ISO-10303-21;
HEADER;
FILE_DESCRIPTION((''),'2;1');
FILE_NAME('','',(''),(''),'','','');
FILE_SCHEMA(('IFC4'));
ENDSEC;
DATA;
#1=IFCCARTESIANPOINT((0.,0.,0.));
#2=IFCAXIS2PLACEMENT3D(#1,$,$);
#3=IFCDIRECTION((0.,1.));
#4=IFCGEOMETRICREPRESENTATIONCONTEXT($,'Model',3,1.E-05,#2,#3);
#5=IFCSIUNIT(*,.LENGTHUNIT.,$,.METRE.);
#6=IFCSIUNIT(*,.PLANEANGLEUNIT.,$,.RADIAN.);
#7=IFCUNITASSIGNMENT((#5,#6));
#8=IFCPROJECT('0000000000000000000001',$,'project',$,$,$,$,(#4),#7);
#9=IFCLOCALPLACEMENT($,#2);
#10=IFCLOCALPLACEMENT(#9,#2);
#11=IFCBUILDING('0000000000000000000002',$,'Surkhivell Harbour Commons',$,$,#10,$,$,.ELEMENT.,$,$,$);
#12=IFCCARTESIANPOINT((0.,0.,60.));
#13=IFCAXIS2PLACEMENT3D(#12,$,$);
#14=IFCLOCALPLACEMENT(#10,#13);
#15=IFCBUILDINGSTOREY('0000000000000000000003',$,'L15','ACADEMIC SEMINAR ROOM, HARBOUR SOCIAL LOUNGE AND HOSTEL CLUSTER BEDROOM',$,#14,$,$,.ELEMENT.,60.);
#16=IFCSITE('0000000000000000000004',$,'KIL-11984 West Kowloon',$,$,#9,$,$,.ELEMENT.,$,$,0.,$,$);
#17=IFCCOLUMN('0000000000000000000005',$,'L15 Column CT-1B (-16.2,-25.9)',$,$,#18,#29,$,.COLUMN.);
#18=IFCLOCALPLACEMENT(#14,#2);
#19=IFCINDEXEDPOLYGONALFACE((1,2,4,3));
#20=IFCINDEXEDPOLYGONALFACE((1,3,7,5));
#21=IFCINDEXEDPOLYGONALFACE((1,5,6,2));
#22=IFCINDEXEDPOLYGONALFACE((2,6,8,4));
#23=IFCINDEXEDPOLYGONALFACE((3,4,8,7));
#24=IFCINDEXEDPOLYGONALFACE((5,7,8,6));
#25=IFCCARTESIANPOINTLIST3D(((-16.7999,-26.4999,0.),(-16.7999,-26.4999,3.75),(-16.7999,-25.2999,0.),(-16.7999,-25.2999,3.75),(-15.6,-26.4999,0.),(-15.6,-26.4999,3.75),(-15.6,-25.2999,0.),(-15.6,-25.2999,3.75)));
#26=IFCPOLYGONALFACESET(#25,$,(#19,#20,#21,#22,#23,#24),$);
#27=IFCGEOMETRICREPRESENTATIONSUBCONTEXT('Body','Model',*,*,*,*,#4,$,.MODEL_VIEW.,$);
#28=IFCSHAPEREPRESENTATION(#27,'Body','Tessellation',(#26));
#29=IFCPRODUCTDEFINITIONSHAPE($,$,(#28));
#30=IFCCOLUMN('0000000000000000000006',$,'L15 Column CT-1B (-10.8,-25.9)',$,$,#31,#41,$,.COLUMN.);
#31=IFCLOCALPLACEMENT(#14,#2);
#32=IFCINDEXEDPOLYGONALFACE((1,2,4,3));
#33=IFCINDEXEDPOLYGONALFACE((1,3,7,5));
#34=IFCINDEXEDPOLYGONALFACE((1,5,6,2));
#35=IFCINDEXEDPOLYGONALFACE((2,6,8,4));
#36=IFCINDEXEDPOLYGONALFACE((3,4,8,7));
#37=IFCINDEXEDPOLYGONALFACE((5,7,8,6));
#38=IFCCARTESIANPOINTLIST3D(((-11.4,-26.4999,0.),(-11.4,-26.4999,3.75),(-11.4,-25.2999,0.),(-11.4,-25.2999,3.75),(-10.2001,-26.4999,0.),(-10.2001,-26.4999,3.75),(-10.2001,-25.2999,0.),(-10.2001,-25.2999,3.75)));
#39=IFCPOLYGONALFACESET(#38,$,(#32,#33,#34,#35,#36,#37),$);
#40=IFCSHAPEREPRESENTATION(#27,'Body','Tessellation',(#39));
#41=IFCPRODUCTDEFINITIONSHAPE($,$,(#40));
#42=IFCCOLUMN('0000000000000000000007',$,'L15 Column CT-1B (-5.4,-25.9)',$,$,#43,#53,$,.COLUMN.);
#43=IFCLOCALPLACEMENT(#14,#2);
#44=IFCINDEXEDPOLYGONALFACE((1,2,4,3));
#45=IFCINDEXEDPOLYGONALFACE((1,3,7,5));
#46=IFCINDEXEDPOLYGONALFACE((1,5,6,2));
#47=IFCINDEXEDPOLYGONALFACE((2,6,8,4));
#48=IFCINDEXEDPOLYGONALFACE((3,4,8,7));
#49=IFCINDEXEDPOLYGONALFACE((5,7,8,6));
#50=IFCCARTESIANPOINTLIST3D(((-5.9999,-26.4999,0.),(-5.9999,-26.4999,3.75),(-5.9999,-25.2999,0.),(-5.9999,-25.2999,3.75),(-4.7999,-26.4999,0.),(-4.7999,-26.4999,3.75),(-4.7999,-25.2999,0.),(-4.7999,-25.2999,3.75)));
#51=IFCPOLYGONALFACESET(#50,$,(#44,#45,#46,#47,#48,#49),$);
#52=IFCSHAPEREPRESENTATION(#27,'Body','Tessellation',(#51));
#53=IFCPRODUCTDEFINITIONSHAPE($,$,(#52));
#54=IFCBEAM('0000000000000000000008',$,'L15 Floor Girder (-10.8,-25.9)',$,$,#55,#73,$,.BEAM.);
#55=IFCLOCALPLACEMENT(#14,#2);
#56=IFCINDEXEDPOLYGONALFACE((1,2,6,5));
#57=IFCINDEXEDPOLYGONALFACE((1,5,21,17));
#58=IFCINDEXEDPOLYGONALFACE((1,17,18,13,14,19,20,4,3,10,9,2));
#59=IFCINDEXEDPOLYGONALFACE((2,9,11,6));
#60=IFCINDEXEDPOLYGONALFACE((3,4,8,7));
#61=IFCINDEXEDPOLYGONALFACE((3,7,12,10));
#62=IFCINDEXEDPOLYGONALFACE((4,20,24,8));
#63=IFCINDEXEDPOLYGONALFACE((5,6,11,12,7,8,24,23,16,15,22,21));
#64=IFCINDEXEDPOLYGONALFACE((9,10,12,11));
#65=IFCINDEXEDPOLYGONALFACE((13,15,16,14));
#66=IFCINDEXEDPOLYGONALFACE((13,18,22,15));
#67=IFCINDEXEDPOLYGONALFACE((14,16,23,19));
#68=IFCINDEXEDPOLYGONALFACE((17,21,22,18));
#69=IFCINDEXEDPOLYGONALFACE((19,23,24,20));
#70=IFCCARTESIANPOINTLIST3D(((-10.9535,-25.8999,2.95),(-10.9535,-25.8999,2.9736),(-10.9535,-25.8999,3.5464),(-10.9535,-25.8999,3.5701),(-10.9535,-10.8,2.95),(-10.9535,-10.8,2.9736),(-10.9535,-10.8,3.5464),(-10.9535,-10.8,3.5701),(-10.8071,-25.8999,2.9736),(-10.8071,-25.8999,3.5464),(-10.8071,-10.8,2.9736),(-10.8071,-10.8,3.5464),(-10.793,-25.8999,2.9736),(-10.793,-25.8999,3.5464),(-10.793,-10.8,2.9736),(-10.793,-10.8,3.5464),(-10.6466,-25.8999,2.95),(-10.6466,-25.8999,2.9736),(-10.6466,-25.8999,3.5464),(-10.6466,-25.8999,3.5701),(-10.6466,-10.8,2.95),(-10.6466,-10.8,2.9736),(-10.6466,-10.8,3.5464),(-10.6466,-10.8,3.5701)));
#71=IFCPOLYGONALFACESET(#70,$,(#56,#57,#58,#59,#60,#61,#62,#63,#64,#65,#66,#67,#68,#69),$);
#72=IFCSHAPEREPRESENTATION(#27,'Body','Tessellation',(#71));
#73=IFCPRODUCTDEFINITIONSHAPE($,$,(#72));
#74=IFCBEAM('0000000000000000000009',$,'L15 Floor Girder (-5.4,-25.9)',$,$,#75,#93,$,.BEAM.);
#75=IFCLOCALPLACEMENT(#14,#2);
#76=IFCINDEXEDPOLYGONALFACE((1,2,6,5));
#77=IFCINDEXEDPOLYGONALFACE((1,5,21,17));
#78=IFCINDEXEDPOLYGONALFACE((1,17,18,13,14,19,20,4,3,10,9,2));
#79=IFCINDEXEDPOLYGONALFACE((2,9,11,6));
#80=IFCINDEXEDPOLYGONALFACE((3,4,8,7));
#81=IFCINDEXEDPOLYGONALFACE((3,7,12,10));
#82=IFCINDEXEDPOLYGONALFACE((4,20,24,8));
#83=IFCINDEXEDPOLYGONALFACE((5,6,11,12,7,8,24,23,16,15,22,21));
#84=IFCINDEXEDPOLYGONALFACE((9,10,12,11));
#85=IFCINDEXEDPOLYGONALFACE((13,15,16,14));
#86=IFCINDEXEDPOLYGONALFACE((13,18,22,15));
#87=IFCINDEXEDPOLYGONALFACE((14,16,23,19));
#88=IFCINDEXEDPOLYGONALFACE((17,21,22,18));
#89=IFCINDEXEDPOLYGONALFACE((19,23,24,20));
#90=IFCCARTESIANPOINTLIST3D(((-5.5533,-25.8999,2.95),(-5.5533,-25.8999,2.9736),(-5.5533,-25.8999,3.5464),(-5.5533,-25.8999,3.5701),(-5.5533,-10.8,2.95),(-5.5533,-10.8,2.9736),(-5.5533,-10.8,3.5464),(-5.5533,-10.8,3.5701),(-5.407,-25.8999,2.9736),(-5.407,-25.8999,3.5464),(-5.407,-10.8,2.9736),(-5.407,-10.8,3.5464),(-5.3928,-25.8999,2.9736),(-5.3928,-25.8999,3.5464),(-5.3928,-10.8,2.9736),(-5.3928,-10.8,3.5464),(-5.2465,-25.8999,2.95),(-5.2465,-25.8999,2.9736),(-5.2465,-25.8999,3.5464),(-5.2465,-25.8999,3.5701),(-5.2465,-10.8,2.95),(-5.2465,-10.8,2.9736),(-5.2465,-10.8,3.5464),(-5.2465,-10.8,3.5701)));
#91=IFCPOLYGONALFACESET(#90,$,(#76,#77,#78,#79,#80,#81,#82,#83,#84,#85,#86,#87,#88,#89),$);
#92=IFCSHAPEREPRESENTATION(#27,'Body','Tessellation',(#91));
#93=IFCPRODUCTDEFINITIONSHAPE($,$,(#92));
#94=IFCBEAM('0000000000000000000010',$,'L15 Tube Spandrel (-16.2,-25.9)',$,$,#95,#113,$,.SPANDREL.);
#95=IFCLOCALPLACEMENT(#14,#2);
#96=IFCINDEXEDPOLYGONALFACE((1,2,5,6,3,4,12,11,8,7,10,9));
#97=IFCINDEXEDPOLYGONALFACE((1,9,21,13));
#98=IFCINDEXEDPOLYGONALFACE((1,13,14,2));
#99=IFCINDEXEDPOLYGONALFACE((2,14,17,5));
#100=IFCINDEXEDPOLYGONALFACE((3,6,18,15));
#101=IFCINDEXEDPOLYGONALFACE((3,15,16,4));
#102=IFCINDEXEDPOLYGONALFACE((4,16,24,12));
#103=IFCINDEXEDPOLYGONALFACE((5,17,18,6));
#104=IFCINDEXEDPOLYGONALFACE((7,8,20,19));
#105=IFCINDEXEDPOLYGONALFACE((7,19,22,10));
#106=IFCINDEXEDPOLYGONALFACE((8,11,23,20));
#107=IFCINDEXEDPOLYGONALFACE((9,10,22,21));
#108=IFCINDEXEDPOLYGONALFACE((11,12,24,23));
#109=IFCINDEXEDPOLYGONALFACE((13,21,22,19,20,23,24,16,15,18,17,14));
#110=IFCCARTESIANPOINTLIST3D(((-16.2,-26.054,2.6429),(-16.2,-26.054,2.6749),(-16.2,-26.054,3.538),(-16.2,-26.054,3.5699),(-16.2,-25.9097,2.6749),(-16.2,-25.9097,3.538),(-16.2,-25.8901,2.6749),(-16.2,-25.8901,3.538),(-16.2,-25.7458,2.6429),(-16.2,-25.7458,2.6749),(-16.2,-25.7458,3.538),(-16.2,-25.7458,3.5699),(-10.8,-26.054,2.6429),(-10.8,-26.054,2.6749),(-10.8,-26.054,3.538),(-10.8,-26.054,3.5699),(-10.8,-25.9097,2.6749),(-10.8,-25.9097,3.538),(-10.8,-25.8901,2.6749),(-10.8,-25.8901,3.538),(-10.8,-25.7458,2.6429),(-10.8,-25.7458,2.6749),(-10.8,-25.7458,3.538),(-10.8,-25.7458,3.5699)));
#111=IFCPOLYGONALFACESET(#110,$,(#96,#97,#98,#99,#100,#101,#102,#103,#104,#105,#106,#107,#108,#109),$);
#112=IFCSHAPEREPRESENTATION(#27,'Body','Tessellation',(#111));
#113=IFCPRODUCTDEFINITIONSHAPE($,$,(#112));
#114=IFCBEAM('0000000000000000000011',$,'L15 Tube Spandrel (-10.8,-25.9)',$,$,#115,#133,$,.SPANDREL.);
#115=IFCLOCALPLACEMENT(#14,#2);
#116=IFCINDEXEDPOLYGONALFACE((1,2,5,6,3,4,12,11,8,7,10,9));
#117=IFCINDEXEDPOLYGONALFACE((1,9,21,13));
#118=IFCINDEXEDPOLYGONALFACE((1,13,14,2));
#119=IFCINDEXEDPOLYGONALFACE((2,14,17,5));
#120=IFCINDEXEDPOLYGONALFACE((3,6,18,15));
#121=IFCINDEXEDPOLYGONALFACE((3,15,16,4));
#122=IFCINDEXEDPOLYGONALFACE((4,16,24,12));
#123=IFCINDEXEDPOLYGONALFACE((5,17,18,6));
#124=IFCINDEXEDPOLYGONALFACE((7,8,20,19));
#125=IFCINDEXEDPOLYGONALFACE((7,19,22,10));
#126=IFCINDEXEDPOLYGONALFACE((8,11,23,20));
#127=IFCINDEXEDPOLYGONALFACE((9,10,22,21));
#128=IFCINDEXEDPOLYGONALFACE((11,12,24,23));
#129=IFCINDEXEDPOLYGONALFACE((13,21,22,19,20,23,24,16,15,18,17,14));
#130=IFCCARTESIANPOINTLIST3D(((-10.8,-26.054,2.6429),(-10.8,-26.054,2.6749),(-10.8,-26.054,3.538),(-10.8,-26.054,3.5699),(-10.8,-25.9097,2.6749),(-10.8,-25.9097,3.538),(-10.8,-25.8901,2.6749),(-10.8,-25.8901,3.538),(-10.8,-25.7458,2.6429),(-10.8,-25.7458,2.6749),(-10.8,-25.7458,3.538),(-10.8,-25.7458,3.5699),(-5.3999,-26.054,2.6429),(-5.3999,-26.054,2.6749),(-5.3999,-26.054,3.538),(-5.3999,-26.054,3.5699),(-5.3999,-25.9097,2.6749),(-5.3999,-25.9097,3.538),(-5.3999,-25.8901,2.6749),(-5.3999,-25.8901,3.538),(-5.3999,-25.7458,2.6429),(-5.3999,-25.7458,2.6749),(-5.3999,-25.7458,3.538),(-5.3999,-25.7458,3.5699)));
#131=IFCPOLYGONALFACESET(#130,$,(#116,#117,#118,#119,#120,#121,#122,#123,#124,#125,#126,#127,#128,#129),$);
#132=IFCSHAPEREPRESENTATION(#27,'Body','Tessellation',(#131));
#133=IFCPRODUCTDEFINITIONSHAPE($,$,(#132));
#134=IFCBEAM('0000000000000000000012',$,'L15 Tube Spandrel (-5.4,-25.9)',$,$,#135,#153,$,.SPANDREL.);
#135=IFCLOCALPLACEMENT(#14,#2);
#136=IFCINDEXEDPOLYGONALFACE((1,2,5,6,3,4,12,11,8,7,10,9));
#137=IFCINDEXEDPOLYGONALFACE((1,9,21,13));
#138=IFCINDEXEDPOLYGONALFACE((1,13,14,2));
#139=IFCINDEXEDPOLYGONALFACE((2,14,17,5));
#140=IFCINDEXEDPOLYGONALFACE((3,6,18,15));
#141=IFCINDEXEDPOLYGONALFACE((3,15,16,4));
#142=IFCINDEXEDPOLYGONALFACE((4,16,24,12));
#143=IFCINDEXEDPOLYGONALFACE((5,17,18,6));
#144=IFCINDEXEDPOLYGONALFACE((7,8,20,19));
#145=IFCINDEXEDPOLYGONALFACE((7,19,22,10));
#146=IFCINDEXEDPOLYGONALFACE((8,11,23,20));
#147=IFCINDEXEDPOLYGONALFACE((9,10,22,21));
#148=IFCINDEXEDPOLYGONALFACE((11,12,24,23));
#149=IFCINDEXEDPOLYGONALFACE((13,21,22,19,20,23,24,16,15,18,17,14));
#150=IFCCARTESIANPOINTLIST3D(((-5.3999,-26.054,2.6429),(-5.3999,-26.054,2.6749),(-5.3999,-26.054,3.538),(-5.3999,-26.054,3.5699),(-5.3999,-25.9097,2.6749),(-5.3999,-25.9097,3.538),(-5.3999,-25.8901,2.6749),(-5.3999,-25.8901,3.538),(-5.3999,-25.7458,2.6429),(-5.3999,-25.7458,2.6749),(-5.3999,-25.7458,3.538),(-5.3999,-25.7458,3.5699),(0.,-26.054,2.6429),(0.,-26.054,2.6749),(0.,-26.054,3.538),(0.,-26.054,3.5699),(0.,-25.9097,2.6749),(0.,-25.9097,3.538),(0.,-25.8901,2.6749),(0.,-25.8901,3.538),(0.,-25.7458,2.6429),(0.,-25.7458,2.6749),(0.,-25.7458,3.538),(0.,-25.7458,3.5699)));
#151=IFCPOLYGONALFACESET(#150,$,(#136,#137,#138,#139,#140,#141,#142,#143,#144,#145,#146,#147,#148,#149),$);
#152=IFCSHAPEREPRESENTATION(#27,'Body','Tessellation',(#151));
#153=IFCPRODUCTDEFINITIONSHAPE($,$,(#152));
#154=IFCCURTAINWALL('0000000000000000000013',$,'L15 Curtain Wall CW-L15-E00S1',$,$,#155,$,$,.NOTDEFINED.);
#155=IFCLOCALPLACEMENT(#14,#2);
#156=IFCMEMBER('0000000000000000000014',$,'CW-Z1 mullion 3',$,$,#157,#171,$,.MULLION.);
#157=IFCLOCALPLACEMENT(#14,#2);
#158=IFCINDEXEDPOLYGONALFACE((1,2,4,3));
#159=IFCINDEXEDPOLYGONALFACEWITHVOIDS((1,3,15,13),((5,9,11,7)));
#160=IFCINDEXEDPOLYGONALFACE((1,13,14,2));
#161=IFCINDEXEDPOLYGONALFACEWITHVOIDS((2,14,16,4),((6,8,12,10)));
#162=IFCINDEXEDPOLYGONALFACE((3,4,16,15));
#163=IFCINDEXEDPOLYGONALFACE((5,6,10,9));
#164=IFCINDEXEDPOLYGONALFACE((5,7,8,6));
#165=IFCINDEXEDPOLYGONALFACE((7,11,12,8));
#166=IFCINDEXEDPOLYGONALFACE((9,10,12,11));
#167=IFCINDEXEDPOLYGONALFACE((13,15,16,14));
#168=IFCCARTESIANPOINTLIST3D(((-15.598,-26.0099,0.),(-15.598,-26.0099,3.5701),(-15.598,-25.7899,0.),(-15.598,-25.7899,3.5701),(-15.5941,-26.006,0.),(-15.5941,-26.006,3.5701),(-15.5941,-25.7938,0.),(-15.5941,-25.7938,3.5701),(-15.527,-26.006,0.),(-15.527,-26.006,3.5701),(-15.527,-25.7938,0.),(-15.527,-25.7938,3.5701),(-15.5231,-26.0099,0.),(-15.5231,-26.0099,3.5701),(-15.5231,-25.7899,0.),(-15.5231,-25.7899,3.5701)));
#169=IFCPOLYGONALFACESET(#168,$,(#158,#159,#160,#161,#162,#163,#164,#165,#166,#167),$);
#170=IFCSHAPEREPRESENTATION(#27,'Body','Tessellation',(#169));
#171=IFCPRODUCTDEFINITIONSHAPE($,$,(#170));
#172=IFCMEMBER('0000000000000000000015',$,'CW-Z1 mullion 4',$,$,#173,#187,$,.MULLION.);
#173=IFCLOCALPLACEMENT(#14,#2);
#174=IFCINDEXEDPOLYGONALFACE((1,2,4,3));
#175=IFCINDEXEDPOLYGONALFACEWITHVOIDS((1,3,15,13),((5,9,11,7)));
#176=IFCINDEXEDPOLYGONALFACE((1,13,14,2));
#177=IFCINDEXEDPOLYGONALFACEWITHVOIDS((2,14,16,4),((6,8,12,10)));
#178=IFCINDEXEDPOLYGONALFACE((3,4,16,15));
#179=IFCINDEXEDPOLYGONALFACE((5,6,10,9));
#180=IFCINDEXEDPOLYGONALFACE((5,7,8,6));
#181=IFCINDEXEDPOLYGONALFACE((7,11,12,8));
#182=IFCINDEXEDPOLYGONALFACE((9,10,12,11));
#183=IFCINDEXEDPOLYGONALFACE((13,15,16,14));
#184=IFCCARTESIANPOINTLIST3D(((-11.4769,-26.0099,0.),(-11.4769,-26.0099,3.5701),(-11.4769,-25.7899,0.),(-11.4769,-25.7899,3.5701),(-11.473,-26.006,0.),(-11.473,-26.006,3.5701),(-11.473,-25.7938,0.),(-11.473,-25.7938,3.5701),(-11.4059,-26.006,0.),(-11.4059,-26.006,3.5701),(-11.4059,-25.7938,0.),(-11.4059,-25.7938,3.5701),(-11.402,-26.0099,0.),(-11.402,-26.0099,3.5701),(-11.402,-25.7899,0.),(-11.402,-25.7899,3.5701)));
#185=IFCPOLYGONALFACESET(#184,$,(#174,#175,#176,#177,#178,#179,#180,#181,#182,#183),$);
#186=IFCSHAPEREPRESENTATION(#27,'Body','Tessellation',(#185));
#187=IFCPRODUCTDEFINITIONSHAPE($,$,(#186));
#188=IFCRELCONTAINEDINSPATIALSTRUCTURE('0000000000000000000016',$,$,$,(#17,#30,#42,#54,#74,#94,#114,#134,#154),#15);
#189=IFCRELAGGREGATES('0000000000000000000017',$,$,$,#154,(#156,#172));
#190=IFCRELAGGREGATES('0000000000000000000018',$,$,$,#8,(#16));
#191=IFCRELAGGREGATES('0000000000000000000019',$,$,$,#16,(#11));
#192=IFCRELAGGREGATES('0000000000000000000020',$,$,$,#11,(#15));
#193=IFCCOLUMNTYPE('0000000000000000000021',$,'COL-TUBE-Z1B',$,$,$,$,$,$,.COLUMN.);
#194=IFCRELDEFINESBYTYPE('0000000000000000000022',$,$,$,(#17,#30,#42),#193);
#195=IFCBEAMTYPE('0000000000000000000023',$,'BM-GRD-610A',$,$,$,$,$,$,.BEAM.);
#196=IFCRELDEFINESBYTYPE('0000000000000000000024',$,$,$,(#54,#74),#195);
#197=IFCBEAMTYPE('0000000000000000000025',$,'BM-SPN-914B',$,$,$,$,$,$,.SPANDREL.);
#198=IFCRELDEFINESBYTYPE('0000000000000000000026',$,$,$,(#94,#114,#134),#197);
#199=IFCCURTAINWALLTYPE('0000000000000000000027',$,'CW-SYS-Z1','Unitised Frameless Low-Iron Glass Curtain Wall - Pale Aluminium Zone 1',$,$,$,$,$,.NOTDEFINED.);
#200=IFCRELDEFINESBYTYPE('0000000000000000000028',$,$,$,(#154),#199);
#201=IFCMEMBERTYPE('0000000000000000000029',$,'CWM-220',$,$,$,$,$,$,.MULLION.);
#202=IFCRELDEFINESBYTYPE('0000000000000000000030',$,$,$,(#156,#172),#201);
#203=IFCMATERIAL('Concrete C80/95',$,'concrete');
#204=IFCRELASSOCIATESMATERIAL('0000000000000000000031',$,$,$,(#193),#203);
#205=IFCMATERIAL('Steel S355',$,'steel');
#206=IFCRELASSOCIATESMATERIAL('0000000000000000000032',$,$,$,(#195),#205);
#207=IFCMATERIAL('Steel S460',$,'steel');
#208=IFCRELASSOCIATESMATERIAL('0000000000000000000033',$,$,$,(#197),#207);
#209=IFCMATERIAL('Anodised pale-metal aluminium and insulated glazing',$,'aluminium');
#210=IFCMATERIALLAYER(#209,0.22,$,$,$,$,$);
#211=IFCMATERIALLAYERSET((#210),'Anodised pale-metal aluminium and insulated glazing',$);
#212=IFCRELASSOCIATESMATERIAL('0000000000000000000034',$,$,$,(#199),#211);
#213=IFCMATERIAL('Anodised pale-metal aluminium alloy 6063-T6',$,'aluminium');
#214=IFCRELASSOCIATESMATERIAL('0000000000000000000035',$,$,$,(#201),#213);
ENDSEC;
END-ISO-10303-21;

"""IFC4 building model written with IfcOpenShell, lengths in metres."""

from ifc_helpers import new_model, si_unit, direction, frame, origin, origin_2d, place, context, subcontext, project, spatial, rectangle, hollow_rectangle, i_section, extrude, material, layer, layer_set, material_profile, profile_set, type_object, element, aggregate, save


model = new_model("IFC4")

# Units and contexts
model_context = context("Model", 3, precision=1e-05, world=origin(), true_north=direction((0.0, 1.0)))
body_context = subcontext(model_context, "Body", "Model", "MODEL_VIEW")
ifc_project = project(units=[si_unit("LENGTHUNIT", "METRE"), si_unit("PLANEANGLEUNIT", "RADIAN")], contexts=[model_context])

# Site, building, storey
site_placement = place(None, origin())
site = spatial("IfcSite", under=ifc_project, at=site_placement, Name="KIL-11984 West Kowloon", CompositionType="ELEMENT", RefElevation=0.0)
building_placement = place(site_placement, origin())
building = spatial("IfcBuilding", under=site, at=building_placement, Name="Surkhivell Harbour Commons", CompositionType="ELEMENT")
storey_placement = place(building_placement, frame((0.0, 0.0, 60.0)))
storey = spatial("IfcBuildingStorey", under=building, at=storey_placement, Name="L15", Description="ACADEMIC SEMINAR ROOM, HARBOUR SOCIAL LOUNGE AND HOSTEL CLUSTER BEDROOM", CompositionType="ELEMENT", Elevation=60.0)

# Columns
ifc_material_1 = material(Name="Concrete C80/95", Category="concrete")
ifc_material_profile_1 = material_profile(ifc_material_1, rectangle(XDim=1.2, YDim=1.2, at=origin_2d()), Name="RC-COL-1200x1200")
ifc_profile_set_1 = profile_set([ifc_material_profile_1], Name="Concrete C80/95")
column_type = type_object("IfcColumnType", Name="COL-TUBE-Z1B", PredefinedType="COLUMN", material=ifc_profile_set_1)
for number, where, z_axis, x_axis, name in (
    (1, (-16.2, -25.8999, 0.0), (0.0, 0.0, 1.0), (1.0, 0.0, 0.0), "L15 Column CT-1B (-16.2,-25.9)"),
    (2, (-10.8, -25.8999, 0.0), (0.0, 0.0, 1.0), (1.0, 0.0, 0.0), "L15 Column CT-1B (-10.8,-25.9)"),
    (3, (-5.3999, -25.8999, 0.0), (0.0, 0.0, 1.0), (1.0, 0.0, 0.0), "L15 Column CT-1B (-5.4,-25.9)"),
):
    element("IfcColumn", number, at=place(storey_placement, frame(where, z_axis=z_axis, x_axis=x_axis)), inside=storey, type_object=column_type, Name=name, PredefinedType="COLUMN", context=body_context, shape_type="SweptSolid", body=[
        extrude(rectangle(XDim=1.2, YDim=1.2, at=origin_2d()), origin(), (0.0, 0.0, 1.0), 3.75),
    ])

# Beams
ifc_material_2 = material(Name="Steel S355", Category="steel")
ifc_material_profile_2 = material_profile(ifc_material_2, i_section(OverallWidth=0.3069, OverallDepth=0.6201, WebThickness=0.0142, FlangeThickness=0.0237, at=origin_2d()), Name="UB610x305x179")
ifc_profile_set_2 = profile_set([ifc_material_profile_2], Name="Steel S355")
beam_type_1 = type_object("IfcBeamType", Name="BM-GRD-610A", PredefinedType="BEAM", material=ifc_profile_set_2)
for number, where, z_axis, x_axis, name in (
    (4, (-10.8, -25.8999, 3.26), (0.0, 1.0, 0.0), (-1.0, 0.0, 0.0), "L15 Floor Girder (-10.8,-25.9)"),
    (5, (-5.3999, -25.8999, 3.26), (0.0, 1.0, 0.0), (-1.0, 0.0, 0.0), "L15 Floor Girder (-5.4,-25.9)"),
):
    element("IfcBeam", number, at=place(storey_placement, frame(where, z_axis=z_axis, x_axis=x_axis)), inside=storey, type_object=beam_type_1, Name=name, PredefinedType="BEAM", context=body_context, shape_type="SweptSolid", body=[
        extrude(i_section(OverallWidth=0.3069, OverallDepth=0.6201, WebThickness=0.0142, FlangeThickness=0.0237, at=origin_2d()), origin(), (0.0, 0.0, 1.0), 15.0999),
    ])
ifc_material_3 = material(Name="Steel S460", Category="steel")
ifc_material_profile_3 = material_profile(ifc_material_3, i_section(OverallWidth=0.3081, OverallDepth=0.927, WebThickness=0.0195, FlangeThickness=0.032, at=origin_2d()), Name="UB914x305x289")
ifc_profile_set_3 = profile_set([ifc_material_profile_3], Name="Steel S460")
beam_type_2 = type_object("IfcBeamType", Name="BM-SPN-914B", PredefinedType="SPANDREL", material=ifc_profile_set_3)
beam_1_placement = place(storey_placement, frame((-16.2, -25.8999, 3.1064), z_axis=(1.0, 0.0, 0.0), x_axis=(0.0, 1.0, 0.0)))
element("IfcBeam", 6, at=beam_1_placement, inside=storey, type_object=beam_type_2, Name="L15 Tube Spandrel (-16.2,-25.9)", PredefinedType="SPANDREL", context=body_context, shape_type="SweptSolid", body=[
    extrude(i_section(OverallWidth=0.3081, OverallDepth=0.927, WebThickness=0.0195, FlangeThickness=0.032, at=origin_2d()), origin(), (0.0, 0.0, 1.0), 5.3999),
])
beam_2_placement = place(storey_placement, frame((-10.8, -25.8999, 3.1064), z_axis=(1.0, 0.0, 0.0), x_axis=(0.0, 1.0, 0.0)))
element("IfcBeam", 7, at=beam_2_placement, inside=storey, type_object=beam_type_2, Name="L15 Tube Spandrel (-10.8,-25.9)", PredefinedType="SPANDREL", context=body_context, shape_type="SweptSolid", body=[
    extrude(i_section(OverallWidth=0.3081, OverallDepth=0.927, WebThickness=0.0195, FlangeThickness=0.032, at=origin_2d()), origin(), (0.0, 0.0, 1.0), 5.4001),
])
beam_3_placement = place(storey_placement, frame((-5.3999, -25.8999, 3.1064), z_axis=(1.0, 0.0, 0.0), x_axis=(0.0, 1.0, 0.0)))
element("IfcBeam", 8, at=beam_3_placement, inside=storey, type_object=beam_type_2, Name="L15 Tube Spandrel (-5.4,-25.9)", PredefinedType="SPANDREL", context=body_context, shape_type="SweptSolid", body=[
    extrude(i_section(OverallWidth=0.3081, OverallDepth=0.927, WebThickness=0.0195, FlangeThickness=0.032, at=origin_2d()), origin(), (0.0, 0.0, 1.0), 5.3999),
])

# Curtain wall, members
ifc_material_4 = material(Name="Anodised pale-metal aluminium and insulated glazing", Category="aluminium")
ifc_layer_1 = layer(ifc_material_4, 0.22)
ifc_layer_set_1 = layer_set([ifc_layer_1], Name="Anodised pale-metal aluminium and insulated glazing")
curtain_wall_type = type_object("IfcCurtainWallType", Name="CW-SYS-Z1", Description="Unitised Frameless Low-Iron Glass Curtain Wall - Pale Aluminium Zone 1", PredefinedType="NOTDEFINED", material=ifc_layer_set_1)
curtain_wall_1_placement = place(storey_placement, origin())
curtain_wall_1 = element("IfcCurtainWall", 9, at=curtain_wall_1_placement, inside=storey, type_object=curtain_wall_type, Name="L15 Curtain Wall CW-L15-E00S1", PredefinedType="NOTDEFINED")
ifc_material_5 = material(Name="Anodised pale-metal aluminium alloy 6063-T6", Category="aluminium")
ifc_material_profile_4 = material_profile(ifc_material_5, hollow_rectangle(XDim=0.075, YDim=0.22, WallThickness=0.0039, at=origin_2d()), Name="ALU-MULL-75x220")
ifc_profile_set_4 = profile_set([ifc_material_profile_4], Name="Anodised pale-metal aluminium alloy 6063-T6")
member_type_1 = type_object("IfcMemberType", Name="CWM-220", PredefinedType="MULLION", material=ifc_profile_set_4)
member_1_placement = place(storey_placement, frame((-15.5605, -25.8999, 0.0), z_axis=(0.0, 0.0, 1.0), x_axis=(1.0, 0.0, 0.0)))
member_1 = element("IfcMember", 10, at=member_1_placement, type_object=member_type_1, Name="CW-Z1 mullion 3", PredefinedType="MULLION", context=body_context, shape_type="SweptSolid", body=[
    extrude(hollow_rectangle(XDim=0.075, YDim=0.22, WallThickness=0.0039, at=origin_2d()), origin(), (0.0, 0.0, 1.0), 3.5701),
])
member_2_placement = place(storey_placement, frame((-11.4395, -25.8999, 0.0), z_axis=(0.0, 0.0, 1.0), x_axis=(1.0, 0.0, 0.0)))
member_2 = element("IfcMember", 11, at=member_2_placement, type_object=member_type_1, Name="CW-Z1 mullion 4", PredefinedType="MULLION", context=body_context, shape_type="SweptSolid", body=[
    extrude(hollow_rectangle(XDim=0.075, YDim=0.22, WallThickness=0.0039, at=origin_2d()), origin(), (0.0, 0.0, 1.0), 3.5701),
])

aggregate(curtain_wall_1, [member_1, member_2])

save(model, "model.ifc")
